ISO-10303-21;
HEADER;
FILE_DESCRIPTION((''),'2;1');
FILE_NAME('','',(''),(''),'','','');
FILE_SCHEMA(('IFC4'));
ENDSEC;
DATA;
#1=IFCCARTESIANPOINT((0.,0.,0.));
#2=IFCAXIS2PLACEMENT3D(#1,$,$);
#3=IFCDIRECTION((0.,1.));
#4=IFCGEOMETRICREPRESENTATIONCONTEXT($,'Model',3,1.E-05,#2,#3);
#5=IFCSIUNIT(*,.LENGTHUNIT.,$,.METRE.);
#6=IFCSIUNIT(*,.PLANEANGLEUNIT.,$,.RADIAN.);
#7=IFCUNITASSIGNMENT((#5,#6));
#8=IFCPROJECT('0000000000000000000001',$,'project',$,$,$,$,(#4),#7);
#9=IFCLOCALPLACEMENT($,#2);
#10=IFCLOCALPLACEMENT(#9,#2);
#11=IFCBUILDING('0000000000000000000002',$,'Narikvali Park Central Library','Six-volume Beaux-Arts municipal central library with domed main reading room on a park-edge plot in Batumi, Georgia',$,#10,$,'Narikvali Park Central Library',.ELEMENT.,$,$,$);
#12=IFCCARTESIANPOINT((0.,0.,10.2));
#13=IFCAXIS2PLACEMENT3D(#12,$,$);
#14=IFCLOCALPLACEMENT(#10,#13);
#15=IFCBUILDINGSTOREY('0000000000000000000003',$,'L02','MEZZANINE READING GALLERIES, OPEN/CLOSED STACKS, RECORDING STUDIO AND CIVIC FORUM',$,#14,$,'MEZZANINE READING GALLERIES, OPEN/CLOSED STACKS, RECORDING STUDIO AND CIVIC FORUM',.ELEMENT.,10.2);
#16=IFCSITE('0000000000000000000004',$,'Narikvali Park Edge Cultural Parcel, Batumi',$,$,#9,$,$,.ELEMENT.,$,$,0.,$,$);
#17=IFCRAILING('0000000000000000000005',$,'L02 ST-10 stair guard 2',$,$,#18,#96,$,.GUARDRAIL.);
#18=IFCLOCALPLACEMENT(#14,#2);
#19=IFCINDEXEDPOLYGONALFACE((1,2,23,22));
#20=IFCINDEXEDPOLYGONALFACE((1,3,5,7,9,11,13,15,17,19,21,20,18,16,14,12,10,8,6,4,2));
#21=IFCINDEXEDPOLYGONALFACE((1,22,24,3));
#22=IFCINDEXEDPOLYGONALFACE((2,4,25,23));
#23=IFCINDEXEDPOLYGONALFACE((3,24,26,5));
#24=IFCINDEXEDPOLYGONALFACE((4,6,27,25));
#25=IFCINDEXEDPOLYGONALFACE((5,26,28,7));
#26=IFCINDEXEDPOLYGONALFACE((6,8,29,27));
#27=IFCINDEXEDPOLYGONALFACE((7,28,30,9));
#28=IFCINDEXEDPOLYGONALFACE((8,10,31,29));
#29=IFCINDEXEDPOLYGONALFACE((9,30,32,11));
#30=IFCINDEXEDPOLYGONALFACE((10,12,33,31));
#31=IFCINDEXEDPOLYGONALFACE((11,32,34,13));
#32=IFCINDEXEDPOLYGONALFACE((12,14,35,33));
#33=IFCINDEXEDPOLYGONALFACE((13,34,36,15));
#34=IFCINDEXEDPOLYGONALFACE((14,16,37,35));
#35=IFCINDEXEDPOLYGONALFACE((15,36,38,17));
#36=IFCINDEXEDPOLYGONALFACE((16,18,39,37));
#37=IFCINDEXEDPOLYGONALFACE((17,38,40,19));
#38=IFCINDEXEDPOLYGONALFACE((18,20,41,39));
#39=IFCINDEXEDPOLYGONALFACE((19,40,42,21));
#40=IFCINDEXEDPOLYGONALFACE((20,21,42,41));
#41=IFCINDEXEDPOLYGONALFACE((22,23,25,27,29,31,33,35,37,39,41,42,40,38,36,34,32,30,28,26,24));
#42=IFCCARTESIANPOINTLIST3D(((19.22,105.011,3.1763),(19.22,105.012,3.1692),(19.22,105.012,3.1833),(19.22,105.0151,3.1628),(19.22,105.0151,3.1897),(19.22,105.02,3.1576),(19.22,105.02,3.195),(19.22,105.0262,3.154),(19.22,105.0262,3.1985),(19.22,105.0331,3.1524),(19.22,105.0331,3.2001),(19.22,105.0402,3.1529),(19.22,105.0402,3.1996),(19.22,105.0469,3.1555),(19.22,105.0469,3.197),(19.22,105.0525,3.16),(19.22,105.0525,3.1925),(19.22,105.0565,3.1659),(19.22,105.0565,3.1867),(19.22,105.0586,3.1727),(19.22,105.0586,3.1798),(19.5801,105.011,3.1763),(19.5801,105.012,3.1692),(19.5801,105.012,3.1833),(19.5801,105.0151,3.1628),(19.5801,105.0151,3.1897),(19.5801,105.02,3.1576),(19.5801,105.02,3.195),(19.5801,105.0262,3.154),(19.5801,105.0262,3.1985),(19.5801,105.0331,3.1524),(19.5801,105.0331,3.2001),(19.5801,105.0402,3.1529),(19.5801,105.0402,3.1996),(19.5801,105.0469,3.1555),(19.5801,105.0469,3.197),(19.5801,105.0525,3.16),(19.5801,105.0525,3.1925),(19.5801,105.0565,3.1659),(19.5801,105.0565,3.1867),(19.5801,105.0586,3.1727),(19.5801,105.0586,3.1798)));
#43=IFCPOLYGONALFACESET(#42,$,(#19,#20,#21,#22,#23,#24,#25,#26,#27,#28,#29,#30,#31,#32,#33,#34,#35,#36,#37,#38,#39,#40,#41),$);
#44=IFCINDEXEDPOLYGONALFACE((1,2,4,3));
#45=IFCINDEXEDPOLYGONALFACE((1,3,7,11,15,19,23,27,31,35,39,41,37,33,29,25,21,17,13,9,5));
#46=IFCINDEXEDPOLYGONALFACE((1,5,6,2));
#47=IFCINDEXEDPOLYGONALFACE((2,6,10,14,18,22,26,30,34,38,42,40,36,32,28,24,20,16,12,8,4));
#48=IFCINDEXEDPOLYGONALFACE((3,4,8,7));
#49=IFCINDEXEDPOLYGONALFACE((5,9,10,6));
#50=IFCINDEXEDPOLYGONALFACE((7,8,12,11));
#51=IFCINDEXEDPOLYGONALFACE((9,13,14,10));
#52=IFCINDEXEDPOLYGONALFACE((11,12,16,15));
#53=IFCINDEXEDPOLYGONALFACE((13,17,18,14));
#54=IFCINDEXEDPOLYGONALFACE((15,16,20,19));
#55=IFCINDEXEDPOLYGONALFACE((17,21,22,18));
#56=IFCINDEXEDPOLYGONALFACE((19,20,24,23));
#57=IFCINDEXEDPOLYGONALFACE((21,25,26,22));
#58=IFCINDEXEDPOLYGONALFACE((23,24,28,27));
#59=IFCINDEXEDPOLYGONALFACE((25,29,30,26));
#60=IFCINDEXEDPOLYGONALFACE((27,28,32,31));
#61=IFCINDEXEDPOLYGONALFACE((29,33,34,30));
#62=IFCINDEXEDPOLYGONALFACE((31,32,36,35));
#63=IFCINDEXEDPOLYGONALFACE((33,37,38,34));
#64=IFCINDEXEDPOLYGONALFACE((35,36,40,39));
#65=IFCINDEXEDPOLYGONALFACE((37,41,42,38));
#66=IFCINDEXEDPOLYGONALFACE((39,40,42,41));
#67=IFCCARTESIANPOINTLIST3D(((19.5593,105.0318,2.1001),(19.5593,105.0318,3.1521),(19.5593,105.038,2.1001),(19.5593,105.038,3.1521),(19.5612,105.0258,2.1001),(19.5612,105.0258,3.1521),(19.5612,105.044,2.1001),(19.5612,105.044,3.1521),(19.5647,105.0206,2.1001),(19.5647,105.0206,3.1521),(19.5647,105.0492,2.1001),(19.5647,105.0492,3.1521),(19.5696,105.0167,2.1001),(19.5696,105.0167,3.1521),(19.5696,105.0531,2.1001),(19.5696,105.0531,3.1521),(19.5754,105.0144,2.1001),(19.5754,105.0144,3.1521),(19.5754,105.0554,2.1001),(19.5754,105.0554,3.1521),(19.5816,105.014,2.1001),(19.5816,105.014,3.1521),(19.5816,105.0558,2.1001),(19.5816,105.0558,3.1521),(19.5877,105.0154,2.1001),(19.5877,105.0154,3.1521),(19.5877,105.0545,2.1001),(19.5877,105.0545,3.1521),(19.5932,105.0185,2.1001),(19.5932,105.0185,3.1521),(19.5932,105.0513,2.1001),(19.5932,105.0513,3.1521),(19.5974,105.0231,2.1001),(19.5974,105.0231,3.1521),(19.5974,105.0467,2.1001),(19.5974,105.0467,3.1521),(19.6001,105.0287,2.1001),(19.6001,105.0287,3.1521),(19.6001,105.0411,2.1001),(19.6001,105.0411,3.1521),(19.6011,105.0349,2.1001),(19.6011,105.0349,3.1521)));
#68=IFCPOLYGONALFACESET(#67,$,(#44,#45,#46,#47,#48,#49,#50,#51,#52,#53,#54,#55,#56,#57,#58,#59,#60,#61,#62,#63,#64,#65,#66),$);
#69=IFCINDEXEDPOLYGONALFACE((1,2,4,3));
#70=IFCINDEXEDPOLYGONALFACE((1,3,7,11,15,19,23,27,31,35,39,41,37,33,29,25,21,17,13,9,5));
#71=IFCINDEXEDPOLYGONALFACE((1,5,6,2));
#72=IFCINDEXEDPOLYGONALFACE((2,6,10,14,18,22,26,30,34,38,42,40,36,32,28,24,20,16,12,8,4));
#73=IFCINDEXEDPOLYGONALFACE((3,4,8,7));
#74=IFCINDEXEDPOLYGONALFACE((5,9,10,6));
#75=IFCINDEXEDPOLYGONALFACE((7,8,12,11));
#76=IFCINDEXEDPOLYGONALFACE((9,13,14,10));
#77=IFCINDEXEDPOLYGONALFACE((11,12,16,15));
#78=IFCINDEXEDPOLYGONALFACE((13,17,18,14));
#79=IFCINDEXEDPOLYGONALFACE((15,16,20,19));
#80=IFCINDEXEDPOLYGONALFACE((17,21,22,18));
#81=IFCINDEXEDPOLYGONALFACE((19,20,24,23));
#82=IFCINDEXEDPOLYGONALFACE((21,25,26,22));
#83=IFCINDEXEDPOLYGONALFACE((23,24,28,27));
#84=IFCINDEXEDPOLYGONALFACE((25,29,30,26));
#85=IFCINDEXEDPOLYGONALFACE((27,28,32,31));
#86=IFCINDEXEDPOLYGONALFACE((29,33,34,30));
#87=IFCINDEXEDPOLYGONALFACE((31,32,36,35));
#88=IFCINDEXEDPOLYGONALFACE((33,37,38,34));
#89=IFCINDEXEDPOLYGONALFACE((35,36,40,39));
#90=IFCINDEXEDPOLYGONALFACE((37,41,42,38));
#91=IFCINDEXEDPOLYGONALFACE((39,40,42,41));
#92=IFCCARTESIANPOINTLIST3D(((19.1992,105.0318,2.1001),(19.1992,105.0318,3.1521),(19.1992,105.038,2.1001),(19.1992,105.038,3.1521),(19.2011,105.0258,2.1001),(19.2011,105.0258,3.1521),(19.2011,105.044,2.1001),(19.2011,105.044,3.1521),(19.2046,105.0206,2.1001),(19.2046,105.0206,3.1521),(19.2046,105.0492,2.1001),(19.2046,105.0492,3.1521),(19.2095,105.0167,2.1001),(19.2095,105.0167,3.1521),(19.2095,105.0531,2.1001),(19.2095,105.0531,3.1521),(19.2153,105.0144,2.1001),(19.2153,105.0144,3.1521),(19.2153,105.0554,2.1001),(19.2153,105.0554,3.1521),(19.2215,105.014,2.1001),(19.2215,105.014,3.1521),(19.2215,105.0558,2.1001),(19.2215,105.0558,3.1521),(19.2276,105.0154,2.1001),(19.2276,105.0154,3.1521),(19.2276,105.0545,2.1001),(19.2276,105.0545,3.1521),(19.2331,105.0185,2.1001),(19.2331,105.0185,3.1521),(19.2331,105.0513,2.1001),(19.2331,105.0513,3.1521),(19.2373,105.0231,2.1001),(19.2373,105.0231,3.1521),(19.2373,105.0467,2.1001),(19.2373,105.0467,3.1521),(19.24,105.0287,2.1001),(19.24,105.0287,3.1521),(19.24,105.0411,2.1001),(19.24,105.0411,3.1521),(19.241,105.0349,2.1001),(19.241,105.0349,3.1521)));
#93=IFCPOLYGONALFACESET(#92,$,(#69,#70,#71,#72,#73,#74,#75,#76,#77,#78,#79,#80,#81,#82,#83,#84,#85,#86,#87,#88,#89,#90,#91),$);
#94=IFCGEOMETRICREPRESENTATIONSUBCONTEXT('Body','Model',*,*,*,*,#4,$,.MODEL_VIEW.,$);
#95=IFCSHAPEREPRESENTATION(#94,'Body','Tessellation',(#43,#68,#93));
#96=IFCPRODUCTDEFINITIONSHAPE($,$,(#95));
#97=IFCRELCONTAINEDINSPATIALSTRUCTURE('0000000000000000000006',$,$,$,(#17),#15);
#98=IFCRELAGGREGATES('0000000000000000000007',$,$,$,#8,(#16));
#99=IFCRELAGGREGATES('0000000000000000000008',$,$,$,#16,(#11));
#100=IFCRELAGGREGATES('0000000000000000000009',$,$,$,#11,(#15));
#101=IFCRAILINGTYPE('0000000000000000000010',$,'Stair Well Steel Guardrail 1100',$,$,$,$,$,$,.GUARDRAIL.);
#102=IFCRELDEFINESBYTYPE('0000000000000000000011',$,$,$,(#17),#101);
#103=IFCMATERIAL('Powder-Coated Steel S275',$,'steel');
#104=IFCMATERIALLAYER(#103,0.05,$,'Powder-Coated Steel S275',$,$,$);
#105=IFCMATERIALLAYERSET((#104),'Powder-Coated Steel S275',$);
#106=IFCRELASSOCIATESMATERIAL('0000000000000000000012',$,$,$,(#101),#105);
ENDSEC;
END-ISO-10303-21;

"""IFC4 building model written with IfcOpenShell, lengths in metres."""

from ifc_helpers import new_model, si_unit, direction, frame, origin, origin_2d, place, context, subcontext, project, spatial, circle, extrude, material, layer, layer_set, type_object, element, save


model = new_model("IFC4")

# Units and contexts
model_context = context("Model", 3, precision=1e-05, world=origin(), true_north=direction((0.0, 1.0)))
body_context = subcontext(model_context, "Body", "Model", "MODEL_VIEW")
ifc_project = project(units=[si_unit("LENGTHUNIT", "METRE"), si_unit("PLANEANGLEUNIT", "RADIAN")], contexts=[model_context])

# Site, building, storey
site_placement = place(None, origin())
site = spatial("IfcSite", under=ifc_project, at=site_placement, Name="Narikvali Park Edge Cultural Parcel, Batumi", CompositionType="ELEMENT", RefElevation=0.0)
building_placement = place(site_placement, origin())
building = spatial("IfcBuilding", under=site, at=building_placement, Name="Narikvali Park Central Library", Description="Six-volume Beaux-Arts municipal central library with domed main reading room on a park-edge plot in Batumi, Georgia", LongName="Narikvali Park Central Library", CompositionType="ELEMENT")
storey_placement = place(building_placement, frame((0.0, 0.0, 10.2)))
storey = spatial("IfcBuildingStorey", under=building, at=storey_placement, Name="L02", Description="MEZZANINE READING GALLERIES, OPEN/CLOSED STACKS, RECORDING STUDIO AND CIVIC FORUM", LongName="MEZZANINE READING GALLERIES, OPEN/CLOSED STACKS, RECORDING STUDIO AND CIVIC FORUM", CompositionType="ELEMENT", Elevation=10.2)

# Railing
ifc_material_1 = material(Name="Powder-Coated Steel S275", Category="steel")
ifc_layer_1 = layer(ifc_material_1, 0.05, Name="Powder-Coated Steel S275")
ifc_layer_set_1 = layer_set([ifc_layer_1], Name="Powder-Coated Steel S275")
railing_type_1 = type_object("IfcRailingType", Name="Stair Well Steel Guardrail 1100", PredefinedType="GUARDRAIL", material=ifc_layer_set_1)
railing_1_placement = place(storey_placement, frame((19.5801, 105.0349, 2.1001)))
element("IfcRailing", 1, at=railing_1_placement, inside=storey, type_object=railing_type_1, Name="L02 ST-10 stair guard 2", PredefinedType="GUARDRAIL", context=body_context, shape_type="SweptSolid", body=[
    extrude(circle(Radius=0.0239, at=origin_2d()), frame((0.0, 0.0, 1.0762), z_axis=(-1.0, 0.0, 0.0), x_axis=(0.0, -1.0, 0.0)), (0.0, 0.0, 1.0), 0.3601),
    extrude(circle(Radius=0.021, at=origin_2d()), origin(), (0.0, 0.0, 1.0), 1.052),
    extrude(circle(Radius=0.021, at=origin_2d()), frame((-0.3601, 0.0, 0.0)), (0.0, 0.0, 1.0), 1.052),
])

save(model, "model.ifc")
